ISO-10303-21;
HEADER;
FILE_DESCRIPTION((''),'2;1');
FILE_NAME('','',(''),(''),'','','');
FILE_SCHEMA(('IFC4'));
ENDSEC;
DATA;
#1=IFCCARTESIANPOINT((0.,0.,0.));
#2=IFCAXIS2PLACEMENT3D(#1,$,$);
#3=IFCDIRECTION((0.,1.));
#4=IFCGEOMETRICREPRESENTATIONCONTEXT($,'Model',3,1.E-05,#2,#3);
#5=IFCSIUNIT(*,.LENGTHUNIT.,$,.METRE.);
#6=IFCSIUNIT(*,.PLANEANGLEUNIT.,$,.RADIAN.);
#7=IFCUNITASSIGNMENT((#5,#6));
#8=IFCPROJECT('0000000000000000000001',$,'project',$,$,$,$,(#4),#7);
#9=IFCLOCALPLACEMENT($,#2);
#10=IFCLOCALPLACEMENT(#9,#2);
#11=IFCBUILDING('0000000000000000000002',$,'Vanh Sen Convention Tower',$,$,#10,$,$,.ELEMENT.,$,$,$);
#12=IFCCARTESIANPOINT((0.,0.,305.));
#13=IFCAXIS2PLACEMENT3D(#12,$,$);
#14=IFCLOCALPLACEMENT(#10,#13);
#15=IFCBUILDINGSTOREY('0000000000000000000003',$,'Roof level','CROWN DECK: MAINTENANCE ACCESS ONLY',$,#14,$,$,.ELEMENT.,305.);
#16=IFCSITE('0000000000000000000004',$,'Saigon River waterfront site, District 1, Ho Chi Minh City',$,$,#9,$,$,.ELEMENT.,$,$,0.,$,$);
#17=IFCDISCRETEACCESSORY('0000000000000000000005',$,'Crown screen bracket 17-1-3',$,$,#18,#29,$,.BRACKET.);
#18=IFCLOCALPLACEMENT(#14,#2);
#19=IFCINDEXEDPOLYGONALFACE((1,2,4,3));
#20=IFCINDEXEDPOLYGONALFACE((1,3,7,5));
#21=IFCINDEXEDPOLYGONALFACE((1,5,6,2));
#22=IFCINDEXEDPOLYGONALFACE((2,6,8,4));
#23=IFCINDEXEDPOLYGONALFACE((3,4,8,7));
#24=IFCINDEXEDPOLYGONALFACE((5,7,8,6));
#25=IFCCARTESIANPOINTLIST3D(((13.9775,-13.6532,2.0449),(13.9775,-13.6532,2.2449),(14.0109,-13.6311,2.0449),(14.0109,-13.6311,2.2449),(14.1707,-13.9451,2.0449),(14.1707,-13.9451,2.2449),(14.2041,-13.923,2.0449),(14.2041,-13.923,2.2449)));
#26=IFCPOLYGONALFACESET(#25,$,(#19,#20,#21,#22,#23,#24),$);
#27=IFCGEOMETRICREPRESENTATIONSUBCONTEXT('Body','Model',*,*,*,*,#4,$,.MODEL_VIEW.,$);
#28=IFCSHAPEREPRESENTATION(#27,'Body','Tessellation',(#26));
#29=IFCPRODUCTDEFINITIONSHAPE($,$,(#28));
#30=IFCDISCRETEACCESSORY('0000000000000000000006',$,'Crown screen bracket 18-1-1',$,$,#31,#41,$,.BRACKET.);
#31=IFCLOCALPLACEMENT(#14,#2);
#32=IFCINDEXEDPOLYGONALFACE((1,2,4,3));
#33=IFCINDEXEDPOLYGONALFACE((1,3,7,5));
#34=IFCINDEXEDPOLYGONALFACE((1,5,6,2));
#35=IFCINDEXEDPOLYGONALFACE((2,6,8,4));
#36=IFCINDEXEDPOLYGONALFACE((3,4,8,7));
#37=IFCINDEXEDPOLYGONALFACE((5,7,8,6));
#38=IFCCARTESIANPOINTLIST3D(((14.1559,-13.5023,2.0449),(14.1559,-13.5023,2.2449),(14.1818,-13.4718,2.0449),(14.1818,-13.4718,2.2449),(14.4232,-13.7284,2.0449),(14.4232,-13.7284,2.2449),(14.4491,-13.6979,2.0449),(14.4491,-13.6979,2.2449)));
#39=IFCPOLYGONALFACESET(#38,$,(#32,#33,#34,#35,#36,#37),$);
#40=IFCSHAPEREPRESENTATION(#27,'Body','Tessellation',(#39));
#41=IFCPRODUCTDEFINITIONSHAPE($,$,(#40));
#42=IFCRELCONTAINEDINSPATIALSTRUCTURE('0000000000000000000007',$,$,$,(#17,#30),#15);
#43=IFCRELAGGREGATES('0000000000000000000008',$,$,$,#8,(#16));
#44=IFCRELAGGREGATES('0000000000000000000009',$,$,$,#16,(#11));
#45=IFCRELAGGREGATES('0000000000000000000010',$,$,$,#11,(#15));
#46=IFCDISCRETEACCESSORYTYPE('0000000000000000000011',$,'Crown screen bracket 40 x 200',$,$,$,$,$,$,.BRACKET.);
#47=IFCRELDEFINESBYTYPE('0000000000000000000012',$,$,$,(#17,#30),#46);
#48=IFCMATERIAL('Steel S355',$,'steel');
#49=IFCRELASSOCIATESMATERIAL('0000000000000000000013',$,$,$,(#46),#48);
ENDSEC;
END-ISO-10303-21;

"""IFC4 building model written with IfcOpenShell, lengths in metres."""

from ifc_helpers import new_model, si_unit, direction, frame, origin, origin_2d, place, context, subcontext, project, spatial, rectangle, extrude, material, type_object, element, save


model = new_model("IFC4")

# Units and contexts
model_context = context("Model", 3, precision=1e-05, world=origin(), true_north=direction((0.0, 1.0)))
body_context = subcontext(model_context, "Body", "Model", "MODEL_VIEW")
ifc_project = project(units=[si_unit("LENGTHUNIT", "METRE"), si_unit("PLANEANGLEUNIT", "RADIAN")], contexts=[model_context])

# Site, building, storey
site_placement = place(None, origin())
site = spatial("IfcSite", under=ifc_project, at=site_placement, Name="Saigon River waterfront site, District 1, Ho Chi Minh City", CompositionType="ELEMENT", RefElevation=0.0)
building_placement = place(site_placement, origin())
building = spatial("IfcBuilding", under=site, at=building_placement, Name="Vanh Sen Convention Tower", CompositionType="ELEMENT")
storey_placement = place(building_placement, frame((0.0, 0.0, 305.0)))
storey = spatial("IfcBuildingStorey", under=building, at=storey_placement, Name="Roof level", Description="CROWN DECK: MAINTENANCE ACCESS ONLY", CompositionType="ELEMENT", Elevation=305.0)

# Discrete accessories
ifc_material_1 = material(Name="Steel S355", Category="steel")
discrete_accessory_type_1 = type_object("IfcDiscreteAccessoryType", Name="Crown screen bracket 40 x 200", PredefinedType="BRACKET", material=ifc_material_1)
for number, where, z_axis, x_axis, name in (
    (1, (14.0908, -13.7881, 2.0449), (0.0, 0.0, 1.0), (0.551937, -0.833886, 0.0), "Crown screen bracket 17-1-3"),
    (2, (14.3025, -13.6001, 2.0449), (0.0, 0.0, 1.0), (0.763535, -0.645767, 0.0), "Crown screen bracket 18-1-1"),
):
    element("IfcDiscreteAccessory", number, at=place(storey_placement, frame(where, z_axis=z_axis, x_axis=x_axis)), inside=storey, type_object=discrete_accessory_type_1, Name=name, PredefinedType="BRACKET", context=body_context, shape_type="SweptSolid", body=[
        extrude(rectangle(XDim=0.3501, YDim=0.04, at=origin_2d()), origin(), (0.0, 0.0, 1.0), 0.2),
    ])

save(model, "model.ifc")
